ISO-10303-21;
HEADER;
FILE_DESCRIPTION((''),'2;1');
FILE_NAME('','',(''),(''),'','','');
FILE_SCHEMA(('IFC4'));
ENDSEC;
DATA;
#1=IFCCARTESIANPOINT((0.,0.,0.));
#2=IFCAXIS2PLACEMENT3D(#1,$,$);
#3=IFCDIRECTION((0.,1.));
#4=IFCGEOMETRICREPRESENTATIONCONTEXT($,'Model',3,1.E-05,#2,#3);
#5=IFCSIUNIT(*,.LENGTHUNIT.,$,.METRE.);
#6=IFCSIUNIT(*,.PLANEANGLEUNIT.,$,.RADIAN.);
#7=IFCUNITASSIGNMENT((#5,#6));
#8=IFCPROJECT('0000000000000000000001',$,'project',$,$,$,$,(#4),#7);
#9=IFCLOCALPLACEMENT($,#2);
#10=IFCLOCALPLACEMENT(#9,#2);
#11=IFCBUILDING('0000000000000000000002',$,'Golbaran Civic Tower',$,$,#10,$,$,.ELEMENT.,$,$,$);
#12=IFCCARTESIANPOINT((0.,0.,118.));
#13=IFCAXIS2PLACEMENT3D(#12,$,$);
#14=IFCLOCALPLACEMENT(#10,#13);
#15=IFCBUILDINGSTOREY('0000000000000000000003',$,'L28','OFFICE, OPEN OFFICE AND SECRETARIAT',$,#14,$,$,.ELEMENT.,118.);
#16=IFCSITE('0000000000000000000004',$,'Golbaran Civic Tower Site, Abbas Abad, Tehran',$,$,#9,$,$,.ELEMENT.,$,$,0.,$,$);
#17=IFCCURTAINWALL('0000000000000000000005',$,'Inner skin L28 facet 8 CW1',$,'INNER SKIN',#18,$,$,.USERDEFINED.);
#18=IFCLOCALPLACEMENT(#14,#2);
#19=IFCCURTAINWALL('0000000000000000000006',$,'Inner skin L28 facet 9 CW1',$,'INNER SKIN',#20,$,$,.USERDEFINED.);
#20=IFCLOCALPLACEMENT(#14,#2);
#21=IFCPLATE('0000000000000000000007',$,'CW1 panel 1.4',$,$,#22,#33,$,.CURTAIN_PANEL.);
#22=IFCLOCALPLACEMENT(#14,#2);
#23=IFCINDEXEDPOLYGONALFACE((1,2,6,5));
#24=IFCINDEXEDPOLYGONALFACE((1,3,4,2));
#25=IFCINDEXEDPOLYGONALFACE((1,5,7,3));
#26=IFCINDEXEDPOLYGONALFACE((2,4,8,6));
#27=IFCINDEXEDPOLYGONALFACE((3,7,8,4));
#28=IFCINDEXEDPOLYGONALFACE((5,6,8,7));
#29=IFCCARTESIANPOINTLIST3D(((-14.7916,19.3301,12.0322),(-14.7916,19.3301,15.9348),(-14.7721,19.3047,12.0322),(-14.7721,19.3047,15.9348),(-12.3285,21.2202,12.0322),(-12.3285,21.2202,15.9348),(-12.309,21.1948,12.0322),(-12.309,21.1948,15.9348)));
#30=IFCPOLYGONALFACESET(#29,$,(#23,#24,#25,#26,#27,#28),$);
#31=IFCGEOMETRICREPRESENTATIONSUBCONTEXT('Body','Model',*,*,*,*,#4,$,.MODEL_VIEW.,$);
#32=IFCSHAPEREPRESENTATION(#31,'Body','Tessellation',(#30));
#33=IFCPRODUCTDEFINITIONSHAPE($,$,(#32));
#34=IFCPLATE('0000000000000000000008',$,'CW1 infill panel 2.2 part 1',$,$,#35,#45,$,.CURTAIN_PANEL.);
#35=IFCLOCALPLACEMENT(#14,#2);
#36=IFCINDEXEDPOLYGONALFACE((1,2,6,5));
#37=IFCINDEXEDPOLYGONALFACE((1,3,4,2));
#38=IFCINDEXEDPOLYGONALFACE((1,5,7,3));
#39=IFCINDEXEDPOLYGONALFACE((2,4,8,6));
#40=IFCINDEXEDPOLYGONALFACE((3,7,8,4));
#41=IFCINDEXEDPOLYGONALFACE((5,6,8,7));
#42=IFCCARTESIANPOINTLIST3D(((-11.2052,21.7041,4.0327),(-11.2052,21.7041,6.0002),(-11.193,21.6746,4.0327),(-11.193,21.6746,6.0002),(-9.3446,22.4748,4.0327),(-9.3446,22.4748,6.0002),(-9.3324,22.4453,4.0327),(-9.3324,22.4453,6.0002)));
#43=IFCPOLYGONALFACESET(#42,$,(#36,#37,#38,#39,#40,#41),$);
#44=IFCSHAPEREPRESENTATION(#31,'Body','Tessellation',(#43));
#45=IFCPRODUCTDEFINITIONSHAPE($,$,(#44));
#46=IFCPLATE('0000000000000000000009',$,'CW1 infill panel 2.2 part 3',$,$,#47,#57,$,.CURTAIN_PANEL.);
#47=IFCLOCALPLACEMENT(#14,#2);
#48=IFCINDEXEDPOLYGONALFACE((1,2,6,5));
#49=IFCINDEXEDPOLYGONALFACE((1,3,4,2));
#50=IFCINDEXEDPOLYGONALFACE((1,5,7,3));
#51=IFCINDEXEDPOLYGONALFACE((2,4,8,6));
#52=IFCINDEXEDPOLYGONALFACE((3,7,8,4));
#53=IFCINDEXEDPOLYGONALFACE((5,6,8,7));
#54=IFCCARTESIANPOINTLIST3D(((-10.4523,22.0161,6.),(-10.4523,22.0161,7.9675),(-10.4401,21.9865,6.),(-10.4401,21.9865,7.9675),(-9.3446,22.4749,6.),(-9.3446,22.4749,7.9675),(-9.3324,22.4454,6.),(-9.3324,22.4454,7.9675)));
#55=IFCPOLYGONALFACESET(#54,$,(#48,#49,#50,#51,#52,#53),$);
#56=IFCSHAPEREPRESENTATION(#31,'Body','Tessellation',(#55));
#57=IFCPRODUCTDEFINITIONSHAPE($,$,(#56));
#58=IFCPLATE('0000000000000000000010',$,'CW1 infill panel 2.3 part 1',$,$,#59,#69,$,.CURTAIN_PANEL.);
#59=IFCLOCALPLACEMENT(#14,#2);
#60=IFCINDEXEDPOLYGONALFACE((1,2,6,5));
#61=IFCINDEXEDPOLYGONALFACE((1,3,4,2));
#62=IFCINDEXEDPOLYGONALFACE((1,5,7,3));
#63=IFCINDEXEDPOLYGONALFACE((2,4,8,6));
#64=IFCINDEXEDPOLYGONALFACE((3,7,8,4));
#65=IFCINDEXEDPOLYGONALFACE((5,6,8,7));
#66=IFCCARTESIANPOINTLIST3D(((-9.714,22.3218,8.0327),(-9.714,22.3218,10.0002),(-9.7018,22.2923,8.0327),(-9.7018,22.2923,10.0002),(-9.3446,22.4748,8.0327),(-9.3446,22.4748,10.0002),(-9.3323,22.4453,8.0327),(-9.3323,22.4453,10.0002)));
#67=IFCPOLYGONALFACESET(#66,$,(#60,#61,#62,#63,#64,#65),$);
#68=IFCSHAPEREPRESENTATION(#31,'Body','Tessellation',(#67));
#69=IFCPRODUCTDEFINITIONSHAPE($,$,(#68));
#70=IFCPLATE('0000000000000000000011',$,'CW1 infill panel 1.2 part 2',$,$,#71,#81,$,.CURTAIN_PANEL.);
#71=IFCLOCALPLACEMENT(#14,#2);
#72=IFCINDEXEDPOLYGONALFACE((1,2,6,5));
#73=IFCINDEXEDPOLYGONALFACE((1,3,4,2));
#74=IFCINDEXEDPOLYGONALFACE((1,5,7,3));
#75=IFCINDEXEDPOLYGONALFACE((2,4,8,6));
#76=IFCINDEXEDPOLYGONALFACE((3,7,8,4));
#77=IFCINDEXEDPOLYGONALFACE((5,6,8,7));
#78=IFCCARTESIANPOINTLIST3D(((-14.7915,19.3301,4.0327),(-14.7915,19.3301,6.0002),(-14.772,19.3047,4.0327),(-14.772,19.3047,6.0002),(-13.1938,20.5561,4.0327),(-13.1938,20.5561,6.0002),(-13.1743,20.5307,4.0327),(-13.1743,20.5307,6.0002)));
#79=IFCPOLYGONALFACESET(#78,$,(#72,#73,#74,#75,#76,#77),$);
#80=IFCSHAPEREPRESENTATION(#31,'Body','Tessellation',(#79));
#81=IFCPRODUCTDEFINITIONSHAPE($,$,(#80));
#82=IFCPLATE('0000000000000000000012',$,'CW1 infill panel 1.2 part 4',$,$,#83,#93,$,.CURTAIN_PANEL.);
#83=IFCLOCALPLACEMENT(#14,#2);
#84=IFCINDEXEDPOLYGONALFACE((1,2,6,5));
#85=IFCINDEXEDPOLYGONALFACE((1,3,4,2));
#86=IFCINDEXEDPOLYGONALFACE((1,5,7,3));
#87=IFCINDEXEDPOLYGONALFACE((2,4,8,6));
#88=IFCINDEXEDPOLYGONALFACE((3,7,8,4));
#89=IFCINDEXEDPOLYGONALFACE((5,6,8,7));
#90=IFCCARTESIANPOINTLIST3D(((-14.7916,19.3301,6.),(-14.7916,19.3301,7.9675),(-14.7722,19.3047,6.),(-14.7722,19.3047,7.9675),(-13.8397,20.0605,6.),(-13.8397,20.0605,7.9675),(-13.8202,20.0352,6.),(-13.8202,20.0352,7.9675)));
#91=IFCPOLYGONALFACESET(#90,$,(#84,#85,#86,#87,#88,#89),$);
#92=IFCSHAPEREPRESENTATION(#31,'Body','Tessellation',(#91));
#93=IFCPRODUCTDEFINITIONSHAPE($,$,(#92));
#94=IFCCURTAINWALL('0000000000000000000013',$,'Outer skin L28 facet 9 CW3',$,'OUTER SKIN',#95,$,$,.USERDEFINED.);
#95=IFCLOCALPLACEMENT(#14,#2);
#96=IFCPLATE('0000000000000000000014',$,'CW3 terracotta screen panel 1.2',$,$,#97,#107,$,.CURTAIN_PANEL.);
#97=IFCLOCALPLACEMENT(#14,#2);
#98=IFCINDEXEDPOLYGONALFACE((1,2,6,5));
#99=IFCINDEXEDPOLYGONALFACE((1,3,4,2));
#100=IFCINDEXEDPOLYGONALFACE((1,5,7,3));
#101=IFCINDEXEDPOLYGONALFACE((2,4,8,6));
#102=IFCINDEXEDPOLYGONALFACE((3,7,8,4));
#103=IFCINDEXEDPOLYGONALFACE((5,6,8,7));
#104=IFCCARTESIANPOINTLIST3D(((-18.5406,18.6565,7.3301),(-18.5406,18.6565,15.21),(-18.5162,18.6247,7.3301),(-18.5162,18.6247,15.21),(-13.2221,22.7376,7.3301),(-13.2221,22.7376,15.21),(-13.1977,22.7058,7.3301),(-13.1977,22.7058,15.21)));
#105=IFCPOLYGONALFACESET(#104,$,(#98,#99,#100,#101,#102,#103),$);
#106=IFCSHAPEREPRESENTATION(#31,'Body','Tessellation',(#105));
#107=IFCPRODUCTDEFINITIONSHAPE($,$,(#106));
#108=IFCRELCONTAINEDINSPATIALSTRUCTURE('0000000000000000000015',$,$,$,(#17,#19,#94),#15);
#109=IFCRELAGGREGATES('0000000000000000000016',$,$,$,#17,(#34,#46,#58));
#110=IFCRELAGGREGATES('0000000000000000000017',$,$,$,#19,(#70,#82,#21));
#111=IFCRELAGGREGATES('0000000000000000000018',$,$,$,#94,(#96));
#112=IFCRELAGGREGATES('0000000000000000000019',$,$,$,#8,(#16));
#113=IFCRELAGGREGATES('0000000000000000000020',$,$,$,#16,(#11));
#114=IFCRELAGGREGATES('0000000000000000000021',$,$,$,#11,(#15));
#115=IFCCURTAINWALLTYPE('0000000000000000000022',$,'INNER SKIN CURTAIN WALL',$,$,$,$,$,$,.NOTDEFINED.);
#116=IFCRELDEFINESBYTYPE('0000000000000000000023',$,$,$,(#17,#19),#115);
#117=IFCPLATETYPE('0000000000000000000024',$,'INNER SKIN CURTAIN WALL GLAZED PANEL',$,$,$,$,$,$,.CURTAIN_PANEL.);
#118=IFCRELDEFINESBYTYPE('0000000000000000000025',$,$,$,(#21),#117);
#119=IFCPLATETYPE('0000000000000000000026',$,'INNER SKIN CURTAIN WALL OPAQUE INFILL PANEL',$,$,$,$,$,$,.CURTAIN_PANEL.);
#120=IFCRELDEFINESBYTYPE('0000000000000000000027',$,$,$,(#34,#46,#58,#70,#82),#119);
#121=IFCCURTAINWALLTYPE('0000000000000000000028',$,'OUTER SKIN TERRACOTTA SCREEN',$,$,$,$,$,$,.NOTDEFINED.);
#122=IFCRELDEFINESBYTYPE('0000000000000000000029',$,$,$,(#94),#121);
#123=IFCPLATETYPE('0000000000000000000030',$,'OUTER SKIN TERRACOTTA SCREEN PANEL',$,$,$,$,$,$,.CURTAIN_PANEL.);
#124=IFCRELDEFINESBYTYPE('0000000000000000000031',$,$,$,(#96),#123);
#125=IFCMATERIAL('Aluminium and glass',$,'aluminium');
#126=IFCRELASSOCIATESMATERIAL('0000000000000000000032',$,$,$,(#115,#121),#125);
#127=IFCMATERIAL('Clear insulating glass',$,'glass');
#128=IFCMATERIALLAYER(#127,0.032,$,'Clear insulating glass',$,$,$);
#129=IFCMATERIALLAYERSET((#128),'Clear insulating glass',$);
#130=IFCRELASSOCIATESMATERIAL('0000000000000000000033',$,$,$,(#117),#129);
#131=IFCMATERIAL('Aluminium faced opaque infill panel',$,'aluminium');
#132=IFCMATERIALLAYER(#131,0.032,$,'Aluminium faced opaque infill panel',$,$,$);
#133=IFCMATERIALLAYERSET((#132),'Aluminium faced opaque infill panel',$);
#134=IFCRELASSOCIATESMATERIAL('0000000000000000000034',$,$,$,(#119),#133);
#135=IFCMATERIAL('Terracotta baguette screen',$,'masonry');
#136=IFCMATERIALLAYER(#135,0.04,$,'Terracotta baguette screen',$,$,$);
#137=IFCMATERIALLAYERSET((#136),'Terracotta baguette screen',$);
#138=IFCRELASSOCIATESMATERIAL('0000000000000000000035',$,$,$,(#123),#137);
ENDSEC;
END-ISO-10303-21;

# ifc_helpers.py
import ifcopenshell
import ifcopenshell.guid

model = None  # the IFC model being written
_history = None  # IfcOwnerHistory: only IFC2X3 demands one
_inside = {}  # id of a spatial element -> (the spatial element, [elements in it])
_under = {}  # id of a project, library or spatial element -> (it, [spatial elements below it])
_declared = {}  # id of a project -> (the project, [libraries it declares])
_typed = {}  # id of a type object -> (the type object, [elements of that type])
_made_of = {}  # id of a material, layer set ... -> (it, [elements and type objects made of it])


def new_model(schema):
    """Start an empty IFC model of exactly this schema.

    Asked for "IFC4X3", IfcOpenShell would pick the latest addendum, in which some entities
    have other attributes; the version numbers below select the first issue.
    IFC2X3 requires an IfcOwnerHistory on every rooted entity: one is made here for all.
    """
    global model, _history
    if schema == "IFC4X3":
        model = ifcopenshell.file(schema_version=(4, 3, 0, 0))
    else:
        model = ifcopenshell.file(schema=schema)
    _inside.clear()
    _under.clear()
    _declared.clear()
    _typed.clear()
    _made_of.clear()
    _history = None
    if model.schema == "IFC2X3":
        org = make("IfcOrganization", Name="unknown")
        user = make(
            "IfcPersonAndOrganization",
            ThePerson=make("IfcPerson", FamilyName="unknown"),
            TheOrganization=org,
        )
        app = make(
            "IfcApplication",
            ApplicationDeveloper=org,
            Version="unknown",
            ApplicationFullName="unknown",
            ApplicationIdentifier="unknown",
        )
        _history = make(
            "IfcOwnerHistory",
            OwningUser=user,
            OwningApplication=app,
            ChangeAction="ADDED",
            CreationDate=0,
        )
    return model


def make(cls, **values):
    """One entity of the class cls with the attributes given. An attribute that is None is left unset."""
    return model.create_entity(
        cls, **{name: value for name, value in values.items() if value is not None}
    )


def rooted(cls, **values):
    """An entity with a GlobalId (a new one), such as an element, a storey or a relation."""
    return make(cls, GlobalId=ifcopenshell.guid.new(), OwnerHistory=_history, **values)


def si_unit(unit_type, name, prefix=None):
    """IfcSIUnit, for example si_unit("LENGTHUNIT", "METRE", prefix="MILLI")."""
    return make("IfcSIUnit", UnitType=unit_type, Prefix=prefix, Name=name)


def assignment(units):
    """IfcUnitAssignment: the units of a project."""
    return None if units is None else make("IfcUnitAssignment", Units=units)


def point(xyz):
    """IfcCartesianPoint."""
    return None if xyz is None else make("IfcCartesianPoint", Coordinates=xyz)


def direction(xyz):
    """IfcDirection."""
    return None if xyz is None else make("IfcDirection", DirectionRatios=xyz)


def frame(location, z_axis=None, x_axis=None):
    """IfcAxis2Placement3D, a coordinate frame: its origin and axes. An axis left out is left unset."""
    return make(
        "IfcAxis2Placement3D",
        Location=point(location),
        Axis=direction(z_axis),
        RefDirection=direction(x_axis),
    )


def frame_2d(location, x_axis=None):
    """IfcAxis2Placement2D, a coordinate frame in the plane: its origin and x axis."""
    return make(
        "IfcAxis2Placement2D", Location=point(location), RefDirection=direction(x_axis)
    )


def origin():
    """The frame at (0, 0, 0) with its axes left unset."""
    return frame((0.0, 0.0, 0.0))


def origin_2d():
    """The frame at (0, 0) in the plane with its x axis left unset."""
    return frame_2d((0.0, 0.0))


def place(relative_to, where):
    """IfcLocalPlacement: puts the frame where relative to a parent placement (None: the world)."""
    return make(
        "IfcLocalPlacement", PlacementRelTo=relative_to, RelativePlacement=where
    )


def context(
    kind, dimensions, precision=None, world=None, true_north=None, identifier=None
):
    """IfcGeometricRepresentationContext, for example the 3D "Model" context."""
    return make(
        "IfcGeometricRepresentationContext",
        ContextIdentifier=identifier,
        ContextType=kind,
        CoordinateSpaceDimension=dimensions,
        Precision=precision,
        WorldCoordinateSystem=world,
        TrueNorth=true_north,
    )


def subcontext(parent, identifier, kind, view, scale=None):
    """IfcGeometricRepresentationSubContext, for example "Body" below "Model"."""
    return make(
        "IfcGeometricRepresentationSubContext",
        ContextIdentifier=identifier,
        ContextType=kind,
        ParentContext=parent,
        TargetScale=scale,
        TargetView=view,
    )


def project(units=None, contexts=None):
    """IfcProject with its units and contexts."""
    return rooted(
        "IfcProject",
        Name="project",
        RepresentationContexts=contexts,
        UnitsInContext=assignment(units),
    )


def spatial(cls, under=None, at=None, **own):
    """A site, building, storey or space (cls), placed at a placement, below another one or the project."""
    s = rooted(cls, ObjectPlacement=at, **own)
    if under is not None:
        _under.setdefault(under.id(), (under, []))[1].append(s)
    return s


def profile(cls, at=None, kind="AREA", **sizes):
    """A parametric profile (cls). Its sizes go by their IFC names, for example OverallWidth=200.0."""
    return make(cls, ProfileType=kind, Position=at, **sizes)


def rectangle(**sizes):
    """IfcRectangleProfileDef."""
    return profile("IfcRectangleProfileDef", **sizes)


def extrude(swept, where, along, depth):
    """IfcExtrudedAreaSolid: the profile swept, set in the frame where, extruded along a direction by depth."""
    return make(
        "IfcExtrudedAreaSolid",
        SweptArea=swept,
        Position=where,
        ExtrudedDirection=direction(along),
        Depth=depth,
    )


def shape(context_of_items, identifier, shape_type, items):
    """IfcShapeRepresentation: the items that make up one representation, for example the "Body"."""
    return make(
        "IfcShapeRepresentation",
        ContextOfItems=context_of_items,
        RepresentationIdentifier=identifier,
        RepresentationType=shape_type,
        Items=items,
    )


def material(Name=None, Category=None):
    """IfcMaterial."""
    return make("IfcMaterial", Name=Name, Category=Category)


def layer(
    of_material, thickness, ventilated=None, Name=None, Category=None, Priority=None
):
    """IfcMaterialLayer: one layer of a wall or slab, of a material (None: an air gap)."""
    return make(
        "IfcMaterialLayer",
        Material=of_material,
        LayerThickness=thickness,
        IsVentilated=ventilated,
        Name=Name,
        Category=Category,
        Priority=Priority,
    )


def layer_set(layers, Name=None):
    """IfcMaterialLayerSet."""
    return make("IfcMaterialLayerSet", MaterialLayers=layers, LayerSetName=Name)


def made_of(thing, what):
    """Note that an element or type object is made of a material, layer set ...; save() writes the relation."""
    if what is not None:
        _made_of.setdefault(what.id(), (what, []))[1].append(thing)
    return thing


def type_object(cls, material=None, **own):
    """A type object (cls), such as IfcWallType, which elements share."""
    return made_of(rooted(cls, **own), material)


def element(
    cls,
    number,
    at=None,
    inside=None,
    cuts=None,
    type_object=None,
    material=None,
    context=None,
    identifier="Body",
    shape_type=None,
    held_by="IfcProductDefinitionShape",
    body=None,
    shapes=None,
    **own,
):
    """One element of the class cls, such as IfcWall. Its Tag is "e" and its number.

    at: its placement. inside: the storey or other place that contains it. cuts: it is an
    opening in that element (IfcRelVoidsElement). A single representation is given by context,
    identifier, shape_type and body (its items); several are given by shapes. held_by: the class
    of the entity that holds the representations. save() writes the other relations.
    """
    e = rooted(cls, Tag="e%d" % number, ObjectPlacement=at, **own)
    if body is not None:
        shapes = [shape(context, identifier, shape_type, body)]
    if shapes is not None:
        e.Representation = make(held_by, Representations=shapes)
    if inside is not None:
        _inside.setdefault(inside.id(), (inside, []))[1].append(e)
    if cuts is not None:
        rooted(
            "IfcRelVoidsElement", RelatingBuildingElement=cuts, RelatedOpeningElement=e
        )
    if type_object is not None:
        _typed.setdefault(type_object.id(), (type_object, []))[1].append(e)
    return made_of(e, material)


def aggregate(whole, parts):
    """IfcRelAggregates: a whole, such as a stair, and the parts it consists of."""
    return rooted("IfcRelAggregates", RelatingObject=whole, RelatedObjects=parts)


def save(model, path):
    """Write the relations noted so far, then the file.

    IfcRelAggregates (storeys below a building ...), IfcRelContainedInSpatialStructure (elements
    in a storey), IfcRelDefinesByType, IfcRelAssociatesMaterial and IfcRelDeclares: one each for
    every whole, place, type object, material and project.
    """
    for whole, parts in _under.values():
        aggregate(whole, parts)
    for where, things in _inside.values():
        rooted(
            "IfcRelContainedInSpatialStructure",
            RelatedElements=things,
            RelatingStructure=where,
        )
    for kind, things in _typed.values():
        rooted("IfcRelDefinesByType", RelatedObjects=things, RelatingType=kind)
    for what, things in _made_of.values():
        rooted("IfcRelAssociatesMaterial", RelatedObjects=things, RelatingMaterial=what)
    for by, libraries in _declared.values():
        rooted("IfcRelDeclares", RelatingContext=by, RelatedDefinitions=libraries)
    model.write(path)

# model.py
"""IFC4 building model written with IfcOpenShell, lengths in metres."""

from ifc_helpers import new_model, si_unit, direction, frame, origin, origin_2d, place, context, subcontext, project, spatial, rectangle, extrude, material, layer, layer_set, type_object, element, aggregate, save


model = new_model("IFC4")

# Units and contexts
model_context = context("Model", 3, precision=1e-05, world=origin(), true_north=direction((0.0, 1.0)))
body_context = subcontext(model_context, "Body", "Model", "MODEL_VIEW")
ifc_project = project(units=[si_unit("LENGTHUNIT", "METRE"), si_unit("PLANEANGLEUNIT", "RADIAN")], contexts=[model_context])

# Site, building, storey
site_placement = place(None, origin())
site = spatial("IfcSite", under=ifc_project, at=site_placement, Name="Golbaran Civic Tower Site, Abbas Abad, Tehran", CompositionType="ELEMENT", RefElevation=0.0)
building_placement = place(site_placement, origin())
building = spatial("IfcBuilding", under=site, at=building_placement, Name="Golbaran Civic Tower", CompositionType="ELEMENT")
storey_placement = place(building_placement, frame((0.0, 0.0, 118.0)))
storey = spatial("IfcBuildingStorey", under=building, at=storey_placement, Name="L28", Description="OFFICE, OPEN OFFICE AND SECRETARIAT", CompositionType="ELEMENT", Elevation=118.0)

# Curtain walls
ifc_material_1 = material(Name="Aluminium and glass", Category="aluminium")
curtain_wall_type_1 = type_object("IfcCurtainWallType", Name="INNER SKIN CURTAIN WALL", PredefinedType="NOTDEFINED", material=ifc_material_1)
curtain_wall_1_placement = place(storey_placement, origin())
curtain_wall_1 = element("IfcCurtainWall", 1, at=curtain_wall_1_placement, inside=storey, type_object=curtain_wall_type_1, Name="Inner skin L28 facet 8 CW1", ObjectType="INNER SKIN", PredefinedType="USERDEFINED")
curtain_wall_2_placement = place(storey_placement, origin())
curtain_wall_2 = element("IfcCurtainWall", 2, at=curtain_wall_2_placement, inside=storey, type_object=curtain_wall_type_1, Name="Inner skin L28 facet 9 CW1", ObjectType="INNER SKIN", PredefinedType="USERDEFINED")

# Plates
ifc_material_2 = material(Name="Clear insulating glass", Category="glass")
ifc_layer_1 = layer(ifc_material_2, 0.032, Name="Clear insulating glass")
ifc_layer_set_1 = layer_set([ifc_layer_1], Name="Clear insulating glass")
plate_type_1 = type_object("IfcPlateType", Name="INNER SKIN CURTAIN WALL GLAZED PANEL", PredefinedType="CURTAIN_PANEL", material=ifc_layer_set_1)
plate_1_placement = place(storey_placement, frame((-13.5503, 20.2625, 12.0322), z_axis=(0.0, 0.0, 1.0), x_axis=(-0.793353, -0.608761, 0.0)))
plate_1 = element("IfcPlate", 3, at=plate_1_placement, type_object=plate_type_1, Name="CW1 panel 1.4", PredefinedType="CURTAIN_PANEL", context=body_context, shape_type="SweptSolid", body=[
    extrude(rectangle(XDim=3.1047, YDim=0.032, at=origin_2d()), origin(), (0.0, 0.0, 1.0), 3.9026),
])
ifc_material_3 = material(Name="Aluminium faced opaque infill panel", Category="aluminium")
ifc_layer_2 = layer(ifc_material_3, 0.032, Name="Aluminium faced opaque infill panel")
ifc_layer_set_2 = layer_set([ifc_layer_2], Name="Aluminium faced opaque infill panel")
plate_type_2 = type_object("IfcPlateType", Name="INNER SKIN CURTAIN WALL OPAQUE INFILL PANEL", PredefinedType="CURTAIN_PANEL", material=ifc_layer_set_2)
plate_2_placement = place(storey_placement, frame((-10.2688, 22.0747, 4.0327), z_axis=(0.0, 0.0, 1.0), x_axis=(-0.92388, -0.382683, 0.0)))
plate_2 = element("IfcPlate", 4, at=plate_2_placement, type_object=plate_type_2, Name="CW1 infill panel 2.2 part 1", PredefinedType="CURTAIN_PANEL", context=body_context, shape_type="SweptSolid", body=[
    extrude(rectangle(XDim=2.0139, YDim=0.032, at=origin_2d()), origin(), (0.0, 0.0, 1.0), 1.9675),
])
plate_3_placement = place(storey_placement, frame((-9.8923, 22.2307, 6.0), z_axis=(0.0, 0.0, 1.0), x_axis=(-0.92388, -0.382683, 0.0)))
plate_3 = element("IfcPlate", 5, at=plate_3_placement, type_object=plate_type_2, Name="CW1 infill panel 2.2 part 3", PredefinedType="CURTAIN_PANEL", context=body_context, shape_type="SweptSolid", body=[
    extrude(rectangle(XDim=1.199, YDim=0.032, at=origin_2d()), origin(), (0.0, 0.0, 1.0), 1.9675),
])
plate_4_placement = place(storey_placement, frame((-9.5232, 22.3835, 8.0327), z_axis=(0.0, 0.0, 1.0), x_axis=(-0.92388, -0.382683, 0.0)))
plate_4 = element("IfcPlate", 6, at=plate_4_placement, type_object=plate_type_2, Name="CW1 infill panel 2.3 part 1", PredefinedType="CURTAIN_PANEL", context=body_context, shape_type="SweptSolid", body=[
    extrude(rectangle(XDim=0.3999, YDim=0.032, at=origin_2d()), origin(), (0.0, 0.0, 1.0), 1.9675),
])
aggregate(curtain_wall_1, [plate_2, plate_3, plate_4])
plate_5_placement = place(storey_placement, frame((-13.9829, 19.9304, 4.0327), z_axis=(0.0, 0.0, 1.0), x_axis=(-0.793353, -0.608761, 0.0)))
plate_5 = element("IfcPlate", 7, at=plate_5_placement, type_object=plate_type_2, Name="CW1 infill panel 1.2 part 2", PredefinedType="CURTAIN_PANEL", context=body_context, shape_type="SweptSolid", body=[
    extrude(rectangle(XDim=2.0139, YDim=0.032, at=origin_2d()), origin(), (0.0, 0.0, 1.0), 1.9675),
])
plate_6_placement = place(storey_placement, frame((-14.3059, 19.6826, 6.0), z_axis=(0.0, 0.0, 1.0), x_axis=(-0.793353, -0.608761, 0.0)))
plate_6 = element("IfcPlate", 8, at=plate_6_placement, type_object=plate_type_2, Name="CW1 infill panel 1.2 part 4", PredefinedType="CURTAIN_PANEL", context=body_context, shape_type="SweptSolid", body=[
    extrude(rectangle(XDim=1.2, YDim=0.032, at=origin_2d()), origin(), (0.0, 0.0, 1.0), 1.9675),
])
aggregate(curtain_wall_2, [plate_5, plate_6, plate_1])

# Curtain wall, plate
curtain_wall_type_2 = type_object("IfcCurtainWallType", Name="OUTER SKIN TERRACOTTA SCREEN", PredefinedType="NOTDEFINED", material=ifc_material_1)
curtain_wall_3_placement = place(storey_placement, origin())
curtain_wall_3 = element("IfcCurtainWall", 9, at=curtain_wall_3_placement, inside=storey, type_object=curtain_wall_type_2, Name="Outer skin L28 facet 9 CW3", ObjectType="OUTER SKIN", PredefinedType="USERDEFINED")
ifc_material_4 = material(Name="Terracotta baguette screen", Category="masonry")
ifc_layer_3 = layer(ifc_material_4, 0.04, Name="Terracotta baguette screen")
ifc_layer_set_3 = layer_set([ifc_layer_3], Name="Terracotta baguette screen")
plate_type_3 = type_object("IfcPlateType", Name="OUTER SKIN TERRACOTTA SCREEN PANEL", PredefinedType="CURTAIN_PANEL", material=ifc_layer_set_3)
plate_7_placement = place(storey_placement, frame((-15.8691, 20.6812, 7.3301), z_axis=(0.0, 0.0, 1.0), x_axis=(-0.793353, -0.608761, 0.0)))
plate_7 = element("IfcPlate", 10, at=plate_7_placement, type_object=plate_type_3, Name="CW3 terracotta screen panel 1.2", PredefinedType="CURTAIN_PANEL", context=body_context, shape_type="SweptSolid", body=[
    extrude(rectangle(XDim=6.7039, YDim=0.04, at=origin_2d()), origin(), (0.0, 0.0, 1.0), 7.8799),
])
aggregate(curtain_wall_3, [plate_7])

save(model, "model.ifc")
